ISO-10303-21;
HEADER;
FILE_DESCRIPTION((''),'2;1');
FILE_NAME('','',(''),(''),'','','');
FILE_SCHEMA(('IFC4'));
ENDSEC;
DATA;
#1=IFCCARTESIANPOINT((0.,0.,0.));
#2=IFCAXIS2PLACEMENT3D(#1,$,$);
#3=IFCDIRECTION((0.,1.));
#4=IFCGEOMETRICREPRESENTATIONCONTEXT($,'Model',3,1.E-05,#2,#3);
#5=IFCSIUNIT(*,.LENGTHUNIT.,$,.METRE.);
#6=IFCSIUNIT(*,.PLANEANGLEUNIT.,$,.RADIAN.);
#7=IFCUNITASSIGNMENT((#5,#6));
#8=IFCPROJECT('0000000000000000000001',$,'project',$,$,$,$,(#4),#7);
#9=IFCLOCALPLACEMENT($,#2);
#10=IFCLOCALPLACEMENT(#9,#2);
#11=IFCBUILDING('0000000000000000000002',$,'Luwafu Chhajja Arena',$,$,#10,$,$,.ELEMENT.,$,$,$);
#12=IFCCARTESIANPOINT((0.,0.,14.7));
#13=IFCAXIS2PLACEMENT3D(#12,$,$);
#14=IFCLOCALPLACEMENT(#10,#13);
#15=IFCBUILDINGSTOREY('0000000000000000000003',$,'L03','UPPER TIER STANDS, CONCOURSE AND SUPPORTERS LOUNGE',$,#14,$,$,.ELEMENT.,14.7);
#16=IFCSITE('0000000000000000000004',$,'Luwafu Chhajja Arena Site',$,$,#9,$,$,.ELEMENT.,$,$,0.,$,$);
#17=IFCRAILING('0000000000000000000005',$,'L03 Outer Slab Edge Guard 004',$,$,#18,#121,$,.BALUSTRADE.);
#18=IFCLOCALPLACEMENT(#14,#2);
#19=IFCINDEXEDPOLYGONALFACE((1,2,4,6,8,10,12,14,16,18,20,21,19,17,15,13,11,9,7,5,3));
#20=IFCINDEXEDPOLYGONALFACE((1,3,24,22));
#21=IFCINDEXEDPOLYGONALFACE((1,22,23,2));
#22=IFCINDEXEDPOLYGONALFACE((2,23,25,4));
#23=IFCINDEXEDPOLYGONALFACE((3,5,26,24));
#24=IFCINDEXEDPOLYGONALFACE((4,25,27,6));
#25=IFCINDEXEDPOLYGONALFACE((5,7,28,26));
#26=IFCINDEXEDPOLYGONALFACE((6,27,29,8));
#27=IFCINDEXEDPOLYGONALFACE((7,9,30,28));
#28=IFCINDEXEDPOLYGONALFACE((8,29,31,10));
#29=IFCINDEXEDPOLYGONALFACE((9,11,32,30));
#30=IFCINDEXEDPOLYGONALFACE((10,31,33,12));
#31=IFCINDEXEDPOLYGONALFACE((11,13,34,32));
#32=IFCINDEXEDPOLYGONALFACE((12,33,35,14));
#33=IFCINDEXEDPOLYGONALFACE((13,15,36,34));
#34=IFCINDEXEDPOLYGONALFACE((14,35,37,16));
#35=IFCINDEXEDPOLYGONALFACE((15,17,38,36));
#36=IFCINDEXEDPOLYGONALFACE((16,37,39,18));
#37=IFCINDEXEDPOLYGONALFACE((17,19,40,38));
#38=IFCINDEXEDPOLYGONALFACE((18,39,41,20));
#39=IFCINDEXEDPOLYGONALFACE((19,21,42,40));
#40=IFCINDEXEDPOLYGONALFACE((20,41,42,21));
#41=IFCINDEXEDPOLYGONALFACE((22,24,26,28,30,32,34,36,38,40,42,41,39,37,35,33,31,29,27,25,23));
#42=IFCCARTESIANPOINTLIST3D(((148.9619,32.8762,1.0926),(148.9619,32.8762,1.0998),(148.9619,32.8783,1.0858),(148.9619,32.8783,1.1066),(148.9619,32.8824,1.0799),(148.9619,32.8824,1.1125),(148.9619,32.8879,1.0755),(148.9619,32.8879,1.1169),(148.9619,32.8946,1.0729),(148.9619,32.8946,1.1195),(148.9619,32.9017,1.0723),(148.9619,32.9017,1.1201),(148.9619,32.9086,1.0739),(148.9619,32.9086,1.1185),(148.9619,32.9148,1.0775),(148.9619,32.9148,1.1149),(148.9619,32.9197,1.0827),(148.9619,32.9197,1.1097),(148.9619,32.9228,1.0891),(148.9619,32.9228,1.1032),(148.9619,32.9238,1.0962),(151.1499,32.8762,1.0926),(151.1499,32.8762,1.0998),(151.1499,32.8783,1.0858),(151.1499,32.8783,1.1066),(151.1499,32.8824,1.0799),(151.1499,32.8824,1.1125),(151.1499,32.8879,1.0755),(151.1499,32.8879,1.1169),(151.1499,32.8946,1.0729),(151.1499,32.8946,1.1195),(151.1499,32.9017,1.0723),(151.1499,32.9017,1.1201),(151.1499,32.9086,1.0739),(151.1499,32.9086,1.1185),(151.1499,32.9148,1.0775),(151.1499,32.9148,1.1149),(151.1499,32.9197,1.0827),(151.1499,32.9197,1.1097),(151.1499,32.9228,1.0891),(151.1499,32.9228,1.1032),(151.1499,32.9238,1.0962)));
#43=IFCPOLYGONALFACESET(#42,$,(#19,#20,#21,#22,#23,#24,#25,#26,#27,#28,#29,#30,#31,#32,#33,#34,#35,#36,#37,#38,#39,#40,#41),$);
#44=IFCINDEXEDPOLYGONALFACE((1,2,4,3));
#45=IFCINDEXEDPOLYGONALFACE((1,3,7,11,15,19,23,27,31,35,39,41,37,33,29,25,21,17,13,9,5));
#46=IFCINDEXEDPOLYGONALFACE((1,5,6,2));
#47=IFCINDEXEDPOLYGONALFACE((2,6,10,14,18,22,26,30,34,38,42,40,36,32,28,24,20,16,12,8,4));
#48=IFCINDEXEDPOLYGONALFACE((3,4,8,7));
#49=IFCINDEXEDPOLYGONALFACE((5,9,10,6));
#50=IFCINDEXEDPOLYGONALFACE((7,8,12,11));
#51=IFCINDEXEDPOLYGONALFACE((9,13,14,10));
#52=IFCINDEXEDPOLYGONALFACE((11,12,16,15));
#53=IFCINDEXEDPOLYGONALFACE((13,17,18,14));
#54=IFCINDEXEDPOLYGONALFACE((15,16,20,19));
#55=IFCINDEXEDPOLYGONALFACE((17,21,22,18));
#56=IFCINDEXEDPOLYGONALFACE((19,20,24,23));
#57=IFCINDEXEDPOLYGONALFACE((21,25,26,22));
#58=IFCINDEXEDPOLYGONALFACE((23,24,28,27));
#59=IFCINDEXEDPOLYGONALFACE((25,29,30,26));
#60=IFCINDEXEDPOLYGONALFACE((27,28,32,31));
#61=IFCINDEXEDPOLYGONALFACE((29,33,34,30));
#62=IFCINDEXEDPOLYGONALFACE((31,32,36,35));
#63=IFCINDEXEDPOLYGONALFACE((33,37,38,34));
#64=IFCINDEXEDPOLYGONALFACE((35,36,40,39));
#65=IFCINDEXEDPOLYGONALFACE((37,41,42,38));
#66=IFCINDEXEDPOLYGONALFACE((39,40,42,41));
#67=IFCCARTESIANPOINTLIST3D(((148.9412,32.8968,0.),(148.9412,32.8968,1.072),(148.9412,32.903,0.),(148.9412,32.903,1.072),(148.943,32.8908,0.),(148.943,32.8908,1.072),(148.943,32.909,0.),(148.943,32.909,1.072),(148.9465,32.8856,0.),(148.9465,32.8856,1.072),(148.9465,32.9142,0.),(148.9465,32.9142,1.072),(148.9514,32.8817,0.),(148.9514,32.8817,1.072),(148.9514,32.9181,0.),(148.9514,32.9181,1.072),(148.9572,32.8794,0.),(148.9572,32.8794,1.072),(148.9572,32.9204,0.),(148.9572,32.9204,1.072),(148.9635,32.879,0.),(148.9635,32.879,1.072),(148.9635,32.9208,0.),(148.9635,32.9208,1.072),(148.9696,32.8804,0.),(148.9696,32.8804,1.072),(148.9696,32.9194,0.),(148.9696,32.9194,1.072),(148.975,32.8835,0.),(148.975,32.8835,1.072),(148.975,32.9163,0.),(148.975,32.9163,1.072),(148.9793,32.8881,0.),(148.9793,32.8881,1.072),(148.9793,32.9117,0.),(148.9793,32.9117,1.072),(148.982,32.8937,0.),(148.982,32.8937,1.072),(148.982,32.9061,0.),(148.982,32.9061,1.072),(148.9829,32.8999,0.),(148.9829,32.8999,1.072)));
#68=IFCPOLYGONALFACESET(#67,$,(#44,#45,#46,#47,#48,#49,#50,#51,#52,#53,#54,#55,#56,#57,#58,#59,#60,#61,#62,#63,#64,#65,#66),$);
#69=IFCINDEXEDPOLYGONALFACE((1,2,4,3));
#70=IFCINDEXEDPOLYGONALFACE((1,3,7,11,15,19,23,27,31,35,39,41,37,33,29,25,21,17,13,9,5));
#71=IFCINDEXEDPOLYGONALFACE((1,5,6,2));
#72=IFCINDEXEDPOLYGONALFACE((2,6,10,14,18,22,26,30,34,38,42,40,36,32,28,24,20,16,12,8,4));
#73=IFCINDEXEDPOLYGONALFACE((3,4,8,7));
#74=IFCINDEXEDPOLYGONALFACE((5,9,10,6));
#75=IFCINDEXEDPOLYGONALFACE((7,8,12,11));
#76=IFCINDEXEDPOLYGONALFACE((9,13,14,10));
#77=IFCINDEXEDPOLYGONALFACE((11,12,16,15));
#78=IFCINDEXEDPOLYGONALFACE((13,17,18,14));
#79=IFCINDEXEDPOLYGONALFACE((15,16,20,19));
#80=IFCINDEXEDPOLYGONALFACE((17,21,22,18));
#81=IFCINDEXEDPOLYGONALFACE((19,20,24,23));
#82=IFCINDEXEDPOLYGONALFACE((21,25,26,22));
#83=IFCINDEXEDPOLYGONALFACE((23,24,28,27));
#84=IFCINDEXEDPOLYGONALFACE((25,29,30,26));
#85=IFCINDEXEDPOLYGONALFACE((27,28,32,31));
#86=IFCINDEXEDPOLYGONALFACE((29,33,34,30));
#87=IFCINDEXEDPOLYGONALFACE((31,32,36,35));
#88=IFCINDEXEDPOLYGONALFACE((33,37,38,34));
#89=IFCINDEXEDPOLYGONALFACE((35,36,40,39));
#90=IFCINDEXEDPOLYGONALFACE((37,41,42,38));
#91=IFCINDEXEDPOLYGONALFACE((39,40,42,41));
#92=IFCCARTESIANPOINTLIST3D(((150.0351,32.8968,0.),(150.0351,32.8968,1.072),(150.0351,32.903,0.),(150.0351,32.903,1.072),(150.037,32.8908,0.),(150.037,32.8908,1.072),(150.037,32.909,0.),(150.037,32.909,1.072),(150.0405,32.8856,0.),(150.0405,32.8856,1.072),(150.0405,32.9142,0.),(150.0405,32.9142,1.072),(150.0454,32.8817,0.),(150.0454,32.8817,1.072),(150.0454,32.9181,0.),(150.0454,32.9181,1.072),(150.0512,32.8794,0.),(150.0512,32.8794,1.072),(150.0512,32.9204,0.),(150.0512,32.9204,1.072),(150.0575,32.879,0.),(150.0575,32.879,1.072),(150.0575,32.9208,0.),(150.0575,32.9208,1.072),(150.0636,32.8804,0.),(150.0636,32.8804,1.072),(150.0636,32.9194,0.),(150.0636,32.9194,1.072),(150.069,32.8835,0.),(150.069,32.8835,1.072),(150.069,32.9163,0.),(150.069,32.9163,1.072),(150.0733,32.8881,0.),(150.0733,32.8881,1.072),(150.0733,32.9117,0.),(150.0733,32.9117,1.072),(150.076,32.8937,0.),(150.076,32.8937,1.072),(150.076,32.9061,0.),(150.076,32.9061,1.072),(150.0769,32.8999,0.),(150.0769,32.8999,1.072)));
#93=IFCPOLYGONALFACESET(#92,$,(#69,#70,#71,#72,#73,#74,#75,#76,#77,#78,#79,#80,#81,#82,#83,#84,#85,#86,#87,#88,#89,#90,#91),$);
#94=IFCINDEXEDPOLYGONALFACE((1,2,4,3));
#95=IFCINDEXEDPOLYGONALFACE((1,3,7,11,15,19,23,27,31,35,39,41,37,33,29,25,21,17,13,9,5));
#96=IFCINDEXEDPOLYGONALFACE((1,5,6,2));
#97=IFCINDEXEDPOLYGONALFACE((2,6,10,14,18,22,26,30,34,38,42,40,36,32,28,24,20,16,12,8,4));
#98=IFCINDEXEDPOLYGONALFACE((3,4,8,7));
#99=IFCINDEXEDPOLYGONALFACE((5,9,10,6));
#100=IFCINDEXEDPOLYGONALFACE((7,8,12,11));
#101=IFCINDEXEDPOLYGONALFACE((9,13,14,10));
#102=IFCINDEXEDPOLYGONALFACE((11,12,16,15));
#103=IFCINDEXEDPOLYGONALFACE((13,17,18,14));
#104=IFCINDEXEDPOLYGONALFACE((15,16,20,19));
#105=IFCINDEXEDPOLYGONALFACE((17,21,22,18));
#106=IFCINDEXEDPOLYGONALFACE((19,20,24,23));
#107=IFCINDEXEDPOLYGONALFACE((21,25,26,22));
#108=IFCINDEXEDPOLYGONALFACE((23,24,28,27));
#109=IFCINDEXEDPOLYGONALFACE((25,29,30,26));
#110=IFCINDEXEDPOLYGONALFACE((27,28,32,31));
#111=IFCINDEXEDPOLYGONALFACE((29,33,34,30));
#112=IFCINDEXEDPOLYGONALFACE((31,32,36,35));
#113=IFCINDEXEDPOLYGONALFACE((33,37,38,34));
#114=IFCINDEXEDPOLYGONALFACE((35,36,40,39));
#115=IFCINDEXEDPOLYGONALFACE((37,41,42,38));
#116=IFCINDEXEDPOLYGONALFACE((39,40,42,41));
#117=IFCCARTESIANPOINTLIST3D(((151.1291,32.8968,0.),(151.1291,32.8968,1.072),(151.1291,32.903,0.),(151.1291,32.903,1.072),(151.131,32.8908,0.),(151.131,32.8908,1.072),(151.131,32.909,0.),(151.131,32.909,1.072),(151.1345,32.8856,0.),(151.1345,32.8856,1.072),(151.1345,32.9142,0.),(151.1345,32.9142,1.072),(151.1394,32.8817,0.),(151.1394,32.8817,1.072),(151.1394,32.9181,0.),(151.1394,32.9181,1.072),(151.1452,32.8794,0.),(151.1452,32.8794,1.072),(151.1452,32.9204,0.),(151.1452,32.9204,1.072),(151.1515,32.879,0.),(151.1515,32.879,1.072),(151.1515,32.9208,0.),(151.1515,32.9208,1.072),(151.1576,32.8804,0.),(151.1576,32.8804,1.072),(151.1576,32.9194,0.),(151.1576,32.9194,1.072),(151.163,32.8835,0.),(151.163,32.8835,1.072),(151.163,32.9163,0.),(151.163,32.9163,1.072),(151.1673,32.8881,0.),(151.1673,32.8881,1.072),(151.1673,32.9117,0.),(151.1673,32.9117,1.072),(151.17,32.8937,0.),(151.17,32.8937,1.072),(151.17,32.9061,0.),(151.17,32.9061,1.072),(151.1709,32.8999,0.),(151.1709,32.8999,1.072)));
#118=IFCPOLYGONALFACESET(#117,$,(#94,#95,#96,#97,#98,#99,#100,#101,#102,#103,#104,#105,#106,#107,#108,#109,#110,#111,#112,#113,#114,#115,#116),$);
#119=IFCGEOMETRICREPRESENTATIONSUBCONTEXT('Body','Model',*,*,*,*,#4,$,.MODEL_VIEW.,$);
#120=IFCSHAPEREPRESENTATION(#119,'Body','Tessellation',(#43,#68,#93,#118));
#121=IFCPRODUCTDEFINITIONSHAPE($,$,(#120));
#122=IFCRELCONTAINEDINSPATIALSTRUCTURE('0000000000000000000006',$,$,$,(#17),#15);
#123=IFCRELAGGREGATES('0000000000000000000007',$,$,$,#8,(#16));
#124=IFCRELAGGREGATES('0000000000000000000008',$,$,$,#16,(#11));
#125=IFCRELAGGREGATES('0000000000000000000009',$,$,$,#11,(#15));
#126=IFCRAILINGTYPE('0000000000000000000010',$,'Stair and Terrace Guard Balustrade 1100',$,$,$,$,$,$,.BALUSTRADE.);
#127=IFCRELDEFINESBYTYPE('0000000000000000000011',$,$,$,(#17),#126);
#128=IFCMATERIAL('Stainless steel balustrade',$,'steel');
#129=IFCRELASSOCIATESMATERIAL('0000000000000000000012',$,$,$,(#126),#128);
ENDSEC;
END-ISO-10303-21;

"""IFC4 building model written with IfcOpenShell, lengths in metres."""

from ifc_helpers import new_model, si_unit, direction, frame, origin, origin_2d, place, context, subcontext, project, spatial, circle, extrude, material, type_object, element, save


model = new_model("IFC4")

# Units and contexts
model_context = context("Model", 3, precision=1e-05, world=origin(), true_north=direction((0.0, 1.0)))
body_context = subcontext(model_context, "Body", "Model", "MODEL_VIEW")
ifc_project = project(units=[si_unit("LENGTHUNIT", "METRE"), si_unit("PLANEANGLEUNIT", "RADIAN")], contexts=[model_context])

# Site, building, storey
site_placement = place(None, origin())
site = spatial("IfcSite", under=ifc_project, at=site_placement, Name="Luwafu Chhajja Arena Site", CompositionType="ELEMENT", RefElevation=0.0)
building_placement = place(site_placement, origin())
building = spatial("IfcBuilding", under=site, at=building_placement, Name="Luwafu Chhajja Arena", CompositionType="ELEMENT")
storey_placement = place(building_placement, frame((0.0, 0.0, 14.7)))
storey = spatial("IfcBuildingStorey", under=building, at=storey_placement, Name="L03", Description="UPPER TIER STANDS, CONCOURSE AND SUPPORTERS LOUNGE", CompositionType="ELEMENT", Elevation=14.7)

# Railing
ifc_material_1 = material(Name="Stainless steel balustrade", Category="steel")
railing_type_1 = type_object("IfcRailingType", Name="Stair and Terrace Guard Balustrade 1100", PredefinedType="BALUSTRADE", material=ifc_material_1)
railing_1_placement = place(storey_placement, frame((148.9619, 32.8999, 0.0)))
element("IfcRailing", 1, at=railing_1_placement, inside=storey, type_object=railing_type_1, Name="L03 Outer Slab Edge Guard 004", PredefinedType="BALUSTRADE", context=body_context, shape_type="SweptSolid", body=[
    extrude(circle(Radius=0.0239, at=origin_2d()), frame((0.0, 0.0, 1.0962), z_axis=(1.0, 0.0, 0.0), x_axis=(0.0, 1.0, 0.0)), (0.0, 0.0, 1.0), 2.188),
    extrude(circle(Radius=0.021, at=origin_2d()), origin(), (0.0, 0.0, 1.0), 1.072),
    extrude(circle(Radius=0.021, at=origin_2d()), frame((1.094, 0.0, 0.0)), (0.0, 0.0, 1.0), 1.072),
    extrude(circle(Radius=0.021, at=origin_2d()), frame((2.188, 0.0, 0.0)), (0.0, 0.0, 1.0), 1.072),
])

save(model, "model.ifc")
